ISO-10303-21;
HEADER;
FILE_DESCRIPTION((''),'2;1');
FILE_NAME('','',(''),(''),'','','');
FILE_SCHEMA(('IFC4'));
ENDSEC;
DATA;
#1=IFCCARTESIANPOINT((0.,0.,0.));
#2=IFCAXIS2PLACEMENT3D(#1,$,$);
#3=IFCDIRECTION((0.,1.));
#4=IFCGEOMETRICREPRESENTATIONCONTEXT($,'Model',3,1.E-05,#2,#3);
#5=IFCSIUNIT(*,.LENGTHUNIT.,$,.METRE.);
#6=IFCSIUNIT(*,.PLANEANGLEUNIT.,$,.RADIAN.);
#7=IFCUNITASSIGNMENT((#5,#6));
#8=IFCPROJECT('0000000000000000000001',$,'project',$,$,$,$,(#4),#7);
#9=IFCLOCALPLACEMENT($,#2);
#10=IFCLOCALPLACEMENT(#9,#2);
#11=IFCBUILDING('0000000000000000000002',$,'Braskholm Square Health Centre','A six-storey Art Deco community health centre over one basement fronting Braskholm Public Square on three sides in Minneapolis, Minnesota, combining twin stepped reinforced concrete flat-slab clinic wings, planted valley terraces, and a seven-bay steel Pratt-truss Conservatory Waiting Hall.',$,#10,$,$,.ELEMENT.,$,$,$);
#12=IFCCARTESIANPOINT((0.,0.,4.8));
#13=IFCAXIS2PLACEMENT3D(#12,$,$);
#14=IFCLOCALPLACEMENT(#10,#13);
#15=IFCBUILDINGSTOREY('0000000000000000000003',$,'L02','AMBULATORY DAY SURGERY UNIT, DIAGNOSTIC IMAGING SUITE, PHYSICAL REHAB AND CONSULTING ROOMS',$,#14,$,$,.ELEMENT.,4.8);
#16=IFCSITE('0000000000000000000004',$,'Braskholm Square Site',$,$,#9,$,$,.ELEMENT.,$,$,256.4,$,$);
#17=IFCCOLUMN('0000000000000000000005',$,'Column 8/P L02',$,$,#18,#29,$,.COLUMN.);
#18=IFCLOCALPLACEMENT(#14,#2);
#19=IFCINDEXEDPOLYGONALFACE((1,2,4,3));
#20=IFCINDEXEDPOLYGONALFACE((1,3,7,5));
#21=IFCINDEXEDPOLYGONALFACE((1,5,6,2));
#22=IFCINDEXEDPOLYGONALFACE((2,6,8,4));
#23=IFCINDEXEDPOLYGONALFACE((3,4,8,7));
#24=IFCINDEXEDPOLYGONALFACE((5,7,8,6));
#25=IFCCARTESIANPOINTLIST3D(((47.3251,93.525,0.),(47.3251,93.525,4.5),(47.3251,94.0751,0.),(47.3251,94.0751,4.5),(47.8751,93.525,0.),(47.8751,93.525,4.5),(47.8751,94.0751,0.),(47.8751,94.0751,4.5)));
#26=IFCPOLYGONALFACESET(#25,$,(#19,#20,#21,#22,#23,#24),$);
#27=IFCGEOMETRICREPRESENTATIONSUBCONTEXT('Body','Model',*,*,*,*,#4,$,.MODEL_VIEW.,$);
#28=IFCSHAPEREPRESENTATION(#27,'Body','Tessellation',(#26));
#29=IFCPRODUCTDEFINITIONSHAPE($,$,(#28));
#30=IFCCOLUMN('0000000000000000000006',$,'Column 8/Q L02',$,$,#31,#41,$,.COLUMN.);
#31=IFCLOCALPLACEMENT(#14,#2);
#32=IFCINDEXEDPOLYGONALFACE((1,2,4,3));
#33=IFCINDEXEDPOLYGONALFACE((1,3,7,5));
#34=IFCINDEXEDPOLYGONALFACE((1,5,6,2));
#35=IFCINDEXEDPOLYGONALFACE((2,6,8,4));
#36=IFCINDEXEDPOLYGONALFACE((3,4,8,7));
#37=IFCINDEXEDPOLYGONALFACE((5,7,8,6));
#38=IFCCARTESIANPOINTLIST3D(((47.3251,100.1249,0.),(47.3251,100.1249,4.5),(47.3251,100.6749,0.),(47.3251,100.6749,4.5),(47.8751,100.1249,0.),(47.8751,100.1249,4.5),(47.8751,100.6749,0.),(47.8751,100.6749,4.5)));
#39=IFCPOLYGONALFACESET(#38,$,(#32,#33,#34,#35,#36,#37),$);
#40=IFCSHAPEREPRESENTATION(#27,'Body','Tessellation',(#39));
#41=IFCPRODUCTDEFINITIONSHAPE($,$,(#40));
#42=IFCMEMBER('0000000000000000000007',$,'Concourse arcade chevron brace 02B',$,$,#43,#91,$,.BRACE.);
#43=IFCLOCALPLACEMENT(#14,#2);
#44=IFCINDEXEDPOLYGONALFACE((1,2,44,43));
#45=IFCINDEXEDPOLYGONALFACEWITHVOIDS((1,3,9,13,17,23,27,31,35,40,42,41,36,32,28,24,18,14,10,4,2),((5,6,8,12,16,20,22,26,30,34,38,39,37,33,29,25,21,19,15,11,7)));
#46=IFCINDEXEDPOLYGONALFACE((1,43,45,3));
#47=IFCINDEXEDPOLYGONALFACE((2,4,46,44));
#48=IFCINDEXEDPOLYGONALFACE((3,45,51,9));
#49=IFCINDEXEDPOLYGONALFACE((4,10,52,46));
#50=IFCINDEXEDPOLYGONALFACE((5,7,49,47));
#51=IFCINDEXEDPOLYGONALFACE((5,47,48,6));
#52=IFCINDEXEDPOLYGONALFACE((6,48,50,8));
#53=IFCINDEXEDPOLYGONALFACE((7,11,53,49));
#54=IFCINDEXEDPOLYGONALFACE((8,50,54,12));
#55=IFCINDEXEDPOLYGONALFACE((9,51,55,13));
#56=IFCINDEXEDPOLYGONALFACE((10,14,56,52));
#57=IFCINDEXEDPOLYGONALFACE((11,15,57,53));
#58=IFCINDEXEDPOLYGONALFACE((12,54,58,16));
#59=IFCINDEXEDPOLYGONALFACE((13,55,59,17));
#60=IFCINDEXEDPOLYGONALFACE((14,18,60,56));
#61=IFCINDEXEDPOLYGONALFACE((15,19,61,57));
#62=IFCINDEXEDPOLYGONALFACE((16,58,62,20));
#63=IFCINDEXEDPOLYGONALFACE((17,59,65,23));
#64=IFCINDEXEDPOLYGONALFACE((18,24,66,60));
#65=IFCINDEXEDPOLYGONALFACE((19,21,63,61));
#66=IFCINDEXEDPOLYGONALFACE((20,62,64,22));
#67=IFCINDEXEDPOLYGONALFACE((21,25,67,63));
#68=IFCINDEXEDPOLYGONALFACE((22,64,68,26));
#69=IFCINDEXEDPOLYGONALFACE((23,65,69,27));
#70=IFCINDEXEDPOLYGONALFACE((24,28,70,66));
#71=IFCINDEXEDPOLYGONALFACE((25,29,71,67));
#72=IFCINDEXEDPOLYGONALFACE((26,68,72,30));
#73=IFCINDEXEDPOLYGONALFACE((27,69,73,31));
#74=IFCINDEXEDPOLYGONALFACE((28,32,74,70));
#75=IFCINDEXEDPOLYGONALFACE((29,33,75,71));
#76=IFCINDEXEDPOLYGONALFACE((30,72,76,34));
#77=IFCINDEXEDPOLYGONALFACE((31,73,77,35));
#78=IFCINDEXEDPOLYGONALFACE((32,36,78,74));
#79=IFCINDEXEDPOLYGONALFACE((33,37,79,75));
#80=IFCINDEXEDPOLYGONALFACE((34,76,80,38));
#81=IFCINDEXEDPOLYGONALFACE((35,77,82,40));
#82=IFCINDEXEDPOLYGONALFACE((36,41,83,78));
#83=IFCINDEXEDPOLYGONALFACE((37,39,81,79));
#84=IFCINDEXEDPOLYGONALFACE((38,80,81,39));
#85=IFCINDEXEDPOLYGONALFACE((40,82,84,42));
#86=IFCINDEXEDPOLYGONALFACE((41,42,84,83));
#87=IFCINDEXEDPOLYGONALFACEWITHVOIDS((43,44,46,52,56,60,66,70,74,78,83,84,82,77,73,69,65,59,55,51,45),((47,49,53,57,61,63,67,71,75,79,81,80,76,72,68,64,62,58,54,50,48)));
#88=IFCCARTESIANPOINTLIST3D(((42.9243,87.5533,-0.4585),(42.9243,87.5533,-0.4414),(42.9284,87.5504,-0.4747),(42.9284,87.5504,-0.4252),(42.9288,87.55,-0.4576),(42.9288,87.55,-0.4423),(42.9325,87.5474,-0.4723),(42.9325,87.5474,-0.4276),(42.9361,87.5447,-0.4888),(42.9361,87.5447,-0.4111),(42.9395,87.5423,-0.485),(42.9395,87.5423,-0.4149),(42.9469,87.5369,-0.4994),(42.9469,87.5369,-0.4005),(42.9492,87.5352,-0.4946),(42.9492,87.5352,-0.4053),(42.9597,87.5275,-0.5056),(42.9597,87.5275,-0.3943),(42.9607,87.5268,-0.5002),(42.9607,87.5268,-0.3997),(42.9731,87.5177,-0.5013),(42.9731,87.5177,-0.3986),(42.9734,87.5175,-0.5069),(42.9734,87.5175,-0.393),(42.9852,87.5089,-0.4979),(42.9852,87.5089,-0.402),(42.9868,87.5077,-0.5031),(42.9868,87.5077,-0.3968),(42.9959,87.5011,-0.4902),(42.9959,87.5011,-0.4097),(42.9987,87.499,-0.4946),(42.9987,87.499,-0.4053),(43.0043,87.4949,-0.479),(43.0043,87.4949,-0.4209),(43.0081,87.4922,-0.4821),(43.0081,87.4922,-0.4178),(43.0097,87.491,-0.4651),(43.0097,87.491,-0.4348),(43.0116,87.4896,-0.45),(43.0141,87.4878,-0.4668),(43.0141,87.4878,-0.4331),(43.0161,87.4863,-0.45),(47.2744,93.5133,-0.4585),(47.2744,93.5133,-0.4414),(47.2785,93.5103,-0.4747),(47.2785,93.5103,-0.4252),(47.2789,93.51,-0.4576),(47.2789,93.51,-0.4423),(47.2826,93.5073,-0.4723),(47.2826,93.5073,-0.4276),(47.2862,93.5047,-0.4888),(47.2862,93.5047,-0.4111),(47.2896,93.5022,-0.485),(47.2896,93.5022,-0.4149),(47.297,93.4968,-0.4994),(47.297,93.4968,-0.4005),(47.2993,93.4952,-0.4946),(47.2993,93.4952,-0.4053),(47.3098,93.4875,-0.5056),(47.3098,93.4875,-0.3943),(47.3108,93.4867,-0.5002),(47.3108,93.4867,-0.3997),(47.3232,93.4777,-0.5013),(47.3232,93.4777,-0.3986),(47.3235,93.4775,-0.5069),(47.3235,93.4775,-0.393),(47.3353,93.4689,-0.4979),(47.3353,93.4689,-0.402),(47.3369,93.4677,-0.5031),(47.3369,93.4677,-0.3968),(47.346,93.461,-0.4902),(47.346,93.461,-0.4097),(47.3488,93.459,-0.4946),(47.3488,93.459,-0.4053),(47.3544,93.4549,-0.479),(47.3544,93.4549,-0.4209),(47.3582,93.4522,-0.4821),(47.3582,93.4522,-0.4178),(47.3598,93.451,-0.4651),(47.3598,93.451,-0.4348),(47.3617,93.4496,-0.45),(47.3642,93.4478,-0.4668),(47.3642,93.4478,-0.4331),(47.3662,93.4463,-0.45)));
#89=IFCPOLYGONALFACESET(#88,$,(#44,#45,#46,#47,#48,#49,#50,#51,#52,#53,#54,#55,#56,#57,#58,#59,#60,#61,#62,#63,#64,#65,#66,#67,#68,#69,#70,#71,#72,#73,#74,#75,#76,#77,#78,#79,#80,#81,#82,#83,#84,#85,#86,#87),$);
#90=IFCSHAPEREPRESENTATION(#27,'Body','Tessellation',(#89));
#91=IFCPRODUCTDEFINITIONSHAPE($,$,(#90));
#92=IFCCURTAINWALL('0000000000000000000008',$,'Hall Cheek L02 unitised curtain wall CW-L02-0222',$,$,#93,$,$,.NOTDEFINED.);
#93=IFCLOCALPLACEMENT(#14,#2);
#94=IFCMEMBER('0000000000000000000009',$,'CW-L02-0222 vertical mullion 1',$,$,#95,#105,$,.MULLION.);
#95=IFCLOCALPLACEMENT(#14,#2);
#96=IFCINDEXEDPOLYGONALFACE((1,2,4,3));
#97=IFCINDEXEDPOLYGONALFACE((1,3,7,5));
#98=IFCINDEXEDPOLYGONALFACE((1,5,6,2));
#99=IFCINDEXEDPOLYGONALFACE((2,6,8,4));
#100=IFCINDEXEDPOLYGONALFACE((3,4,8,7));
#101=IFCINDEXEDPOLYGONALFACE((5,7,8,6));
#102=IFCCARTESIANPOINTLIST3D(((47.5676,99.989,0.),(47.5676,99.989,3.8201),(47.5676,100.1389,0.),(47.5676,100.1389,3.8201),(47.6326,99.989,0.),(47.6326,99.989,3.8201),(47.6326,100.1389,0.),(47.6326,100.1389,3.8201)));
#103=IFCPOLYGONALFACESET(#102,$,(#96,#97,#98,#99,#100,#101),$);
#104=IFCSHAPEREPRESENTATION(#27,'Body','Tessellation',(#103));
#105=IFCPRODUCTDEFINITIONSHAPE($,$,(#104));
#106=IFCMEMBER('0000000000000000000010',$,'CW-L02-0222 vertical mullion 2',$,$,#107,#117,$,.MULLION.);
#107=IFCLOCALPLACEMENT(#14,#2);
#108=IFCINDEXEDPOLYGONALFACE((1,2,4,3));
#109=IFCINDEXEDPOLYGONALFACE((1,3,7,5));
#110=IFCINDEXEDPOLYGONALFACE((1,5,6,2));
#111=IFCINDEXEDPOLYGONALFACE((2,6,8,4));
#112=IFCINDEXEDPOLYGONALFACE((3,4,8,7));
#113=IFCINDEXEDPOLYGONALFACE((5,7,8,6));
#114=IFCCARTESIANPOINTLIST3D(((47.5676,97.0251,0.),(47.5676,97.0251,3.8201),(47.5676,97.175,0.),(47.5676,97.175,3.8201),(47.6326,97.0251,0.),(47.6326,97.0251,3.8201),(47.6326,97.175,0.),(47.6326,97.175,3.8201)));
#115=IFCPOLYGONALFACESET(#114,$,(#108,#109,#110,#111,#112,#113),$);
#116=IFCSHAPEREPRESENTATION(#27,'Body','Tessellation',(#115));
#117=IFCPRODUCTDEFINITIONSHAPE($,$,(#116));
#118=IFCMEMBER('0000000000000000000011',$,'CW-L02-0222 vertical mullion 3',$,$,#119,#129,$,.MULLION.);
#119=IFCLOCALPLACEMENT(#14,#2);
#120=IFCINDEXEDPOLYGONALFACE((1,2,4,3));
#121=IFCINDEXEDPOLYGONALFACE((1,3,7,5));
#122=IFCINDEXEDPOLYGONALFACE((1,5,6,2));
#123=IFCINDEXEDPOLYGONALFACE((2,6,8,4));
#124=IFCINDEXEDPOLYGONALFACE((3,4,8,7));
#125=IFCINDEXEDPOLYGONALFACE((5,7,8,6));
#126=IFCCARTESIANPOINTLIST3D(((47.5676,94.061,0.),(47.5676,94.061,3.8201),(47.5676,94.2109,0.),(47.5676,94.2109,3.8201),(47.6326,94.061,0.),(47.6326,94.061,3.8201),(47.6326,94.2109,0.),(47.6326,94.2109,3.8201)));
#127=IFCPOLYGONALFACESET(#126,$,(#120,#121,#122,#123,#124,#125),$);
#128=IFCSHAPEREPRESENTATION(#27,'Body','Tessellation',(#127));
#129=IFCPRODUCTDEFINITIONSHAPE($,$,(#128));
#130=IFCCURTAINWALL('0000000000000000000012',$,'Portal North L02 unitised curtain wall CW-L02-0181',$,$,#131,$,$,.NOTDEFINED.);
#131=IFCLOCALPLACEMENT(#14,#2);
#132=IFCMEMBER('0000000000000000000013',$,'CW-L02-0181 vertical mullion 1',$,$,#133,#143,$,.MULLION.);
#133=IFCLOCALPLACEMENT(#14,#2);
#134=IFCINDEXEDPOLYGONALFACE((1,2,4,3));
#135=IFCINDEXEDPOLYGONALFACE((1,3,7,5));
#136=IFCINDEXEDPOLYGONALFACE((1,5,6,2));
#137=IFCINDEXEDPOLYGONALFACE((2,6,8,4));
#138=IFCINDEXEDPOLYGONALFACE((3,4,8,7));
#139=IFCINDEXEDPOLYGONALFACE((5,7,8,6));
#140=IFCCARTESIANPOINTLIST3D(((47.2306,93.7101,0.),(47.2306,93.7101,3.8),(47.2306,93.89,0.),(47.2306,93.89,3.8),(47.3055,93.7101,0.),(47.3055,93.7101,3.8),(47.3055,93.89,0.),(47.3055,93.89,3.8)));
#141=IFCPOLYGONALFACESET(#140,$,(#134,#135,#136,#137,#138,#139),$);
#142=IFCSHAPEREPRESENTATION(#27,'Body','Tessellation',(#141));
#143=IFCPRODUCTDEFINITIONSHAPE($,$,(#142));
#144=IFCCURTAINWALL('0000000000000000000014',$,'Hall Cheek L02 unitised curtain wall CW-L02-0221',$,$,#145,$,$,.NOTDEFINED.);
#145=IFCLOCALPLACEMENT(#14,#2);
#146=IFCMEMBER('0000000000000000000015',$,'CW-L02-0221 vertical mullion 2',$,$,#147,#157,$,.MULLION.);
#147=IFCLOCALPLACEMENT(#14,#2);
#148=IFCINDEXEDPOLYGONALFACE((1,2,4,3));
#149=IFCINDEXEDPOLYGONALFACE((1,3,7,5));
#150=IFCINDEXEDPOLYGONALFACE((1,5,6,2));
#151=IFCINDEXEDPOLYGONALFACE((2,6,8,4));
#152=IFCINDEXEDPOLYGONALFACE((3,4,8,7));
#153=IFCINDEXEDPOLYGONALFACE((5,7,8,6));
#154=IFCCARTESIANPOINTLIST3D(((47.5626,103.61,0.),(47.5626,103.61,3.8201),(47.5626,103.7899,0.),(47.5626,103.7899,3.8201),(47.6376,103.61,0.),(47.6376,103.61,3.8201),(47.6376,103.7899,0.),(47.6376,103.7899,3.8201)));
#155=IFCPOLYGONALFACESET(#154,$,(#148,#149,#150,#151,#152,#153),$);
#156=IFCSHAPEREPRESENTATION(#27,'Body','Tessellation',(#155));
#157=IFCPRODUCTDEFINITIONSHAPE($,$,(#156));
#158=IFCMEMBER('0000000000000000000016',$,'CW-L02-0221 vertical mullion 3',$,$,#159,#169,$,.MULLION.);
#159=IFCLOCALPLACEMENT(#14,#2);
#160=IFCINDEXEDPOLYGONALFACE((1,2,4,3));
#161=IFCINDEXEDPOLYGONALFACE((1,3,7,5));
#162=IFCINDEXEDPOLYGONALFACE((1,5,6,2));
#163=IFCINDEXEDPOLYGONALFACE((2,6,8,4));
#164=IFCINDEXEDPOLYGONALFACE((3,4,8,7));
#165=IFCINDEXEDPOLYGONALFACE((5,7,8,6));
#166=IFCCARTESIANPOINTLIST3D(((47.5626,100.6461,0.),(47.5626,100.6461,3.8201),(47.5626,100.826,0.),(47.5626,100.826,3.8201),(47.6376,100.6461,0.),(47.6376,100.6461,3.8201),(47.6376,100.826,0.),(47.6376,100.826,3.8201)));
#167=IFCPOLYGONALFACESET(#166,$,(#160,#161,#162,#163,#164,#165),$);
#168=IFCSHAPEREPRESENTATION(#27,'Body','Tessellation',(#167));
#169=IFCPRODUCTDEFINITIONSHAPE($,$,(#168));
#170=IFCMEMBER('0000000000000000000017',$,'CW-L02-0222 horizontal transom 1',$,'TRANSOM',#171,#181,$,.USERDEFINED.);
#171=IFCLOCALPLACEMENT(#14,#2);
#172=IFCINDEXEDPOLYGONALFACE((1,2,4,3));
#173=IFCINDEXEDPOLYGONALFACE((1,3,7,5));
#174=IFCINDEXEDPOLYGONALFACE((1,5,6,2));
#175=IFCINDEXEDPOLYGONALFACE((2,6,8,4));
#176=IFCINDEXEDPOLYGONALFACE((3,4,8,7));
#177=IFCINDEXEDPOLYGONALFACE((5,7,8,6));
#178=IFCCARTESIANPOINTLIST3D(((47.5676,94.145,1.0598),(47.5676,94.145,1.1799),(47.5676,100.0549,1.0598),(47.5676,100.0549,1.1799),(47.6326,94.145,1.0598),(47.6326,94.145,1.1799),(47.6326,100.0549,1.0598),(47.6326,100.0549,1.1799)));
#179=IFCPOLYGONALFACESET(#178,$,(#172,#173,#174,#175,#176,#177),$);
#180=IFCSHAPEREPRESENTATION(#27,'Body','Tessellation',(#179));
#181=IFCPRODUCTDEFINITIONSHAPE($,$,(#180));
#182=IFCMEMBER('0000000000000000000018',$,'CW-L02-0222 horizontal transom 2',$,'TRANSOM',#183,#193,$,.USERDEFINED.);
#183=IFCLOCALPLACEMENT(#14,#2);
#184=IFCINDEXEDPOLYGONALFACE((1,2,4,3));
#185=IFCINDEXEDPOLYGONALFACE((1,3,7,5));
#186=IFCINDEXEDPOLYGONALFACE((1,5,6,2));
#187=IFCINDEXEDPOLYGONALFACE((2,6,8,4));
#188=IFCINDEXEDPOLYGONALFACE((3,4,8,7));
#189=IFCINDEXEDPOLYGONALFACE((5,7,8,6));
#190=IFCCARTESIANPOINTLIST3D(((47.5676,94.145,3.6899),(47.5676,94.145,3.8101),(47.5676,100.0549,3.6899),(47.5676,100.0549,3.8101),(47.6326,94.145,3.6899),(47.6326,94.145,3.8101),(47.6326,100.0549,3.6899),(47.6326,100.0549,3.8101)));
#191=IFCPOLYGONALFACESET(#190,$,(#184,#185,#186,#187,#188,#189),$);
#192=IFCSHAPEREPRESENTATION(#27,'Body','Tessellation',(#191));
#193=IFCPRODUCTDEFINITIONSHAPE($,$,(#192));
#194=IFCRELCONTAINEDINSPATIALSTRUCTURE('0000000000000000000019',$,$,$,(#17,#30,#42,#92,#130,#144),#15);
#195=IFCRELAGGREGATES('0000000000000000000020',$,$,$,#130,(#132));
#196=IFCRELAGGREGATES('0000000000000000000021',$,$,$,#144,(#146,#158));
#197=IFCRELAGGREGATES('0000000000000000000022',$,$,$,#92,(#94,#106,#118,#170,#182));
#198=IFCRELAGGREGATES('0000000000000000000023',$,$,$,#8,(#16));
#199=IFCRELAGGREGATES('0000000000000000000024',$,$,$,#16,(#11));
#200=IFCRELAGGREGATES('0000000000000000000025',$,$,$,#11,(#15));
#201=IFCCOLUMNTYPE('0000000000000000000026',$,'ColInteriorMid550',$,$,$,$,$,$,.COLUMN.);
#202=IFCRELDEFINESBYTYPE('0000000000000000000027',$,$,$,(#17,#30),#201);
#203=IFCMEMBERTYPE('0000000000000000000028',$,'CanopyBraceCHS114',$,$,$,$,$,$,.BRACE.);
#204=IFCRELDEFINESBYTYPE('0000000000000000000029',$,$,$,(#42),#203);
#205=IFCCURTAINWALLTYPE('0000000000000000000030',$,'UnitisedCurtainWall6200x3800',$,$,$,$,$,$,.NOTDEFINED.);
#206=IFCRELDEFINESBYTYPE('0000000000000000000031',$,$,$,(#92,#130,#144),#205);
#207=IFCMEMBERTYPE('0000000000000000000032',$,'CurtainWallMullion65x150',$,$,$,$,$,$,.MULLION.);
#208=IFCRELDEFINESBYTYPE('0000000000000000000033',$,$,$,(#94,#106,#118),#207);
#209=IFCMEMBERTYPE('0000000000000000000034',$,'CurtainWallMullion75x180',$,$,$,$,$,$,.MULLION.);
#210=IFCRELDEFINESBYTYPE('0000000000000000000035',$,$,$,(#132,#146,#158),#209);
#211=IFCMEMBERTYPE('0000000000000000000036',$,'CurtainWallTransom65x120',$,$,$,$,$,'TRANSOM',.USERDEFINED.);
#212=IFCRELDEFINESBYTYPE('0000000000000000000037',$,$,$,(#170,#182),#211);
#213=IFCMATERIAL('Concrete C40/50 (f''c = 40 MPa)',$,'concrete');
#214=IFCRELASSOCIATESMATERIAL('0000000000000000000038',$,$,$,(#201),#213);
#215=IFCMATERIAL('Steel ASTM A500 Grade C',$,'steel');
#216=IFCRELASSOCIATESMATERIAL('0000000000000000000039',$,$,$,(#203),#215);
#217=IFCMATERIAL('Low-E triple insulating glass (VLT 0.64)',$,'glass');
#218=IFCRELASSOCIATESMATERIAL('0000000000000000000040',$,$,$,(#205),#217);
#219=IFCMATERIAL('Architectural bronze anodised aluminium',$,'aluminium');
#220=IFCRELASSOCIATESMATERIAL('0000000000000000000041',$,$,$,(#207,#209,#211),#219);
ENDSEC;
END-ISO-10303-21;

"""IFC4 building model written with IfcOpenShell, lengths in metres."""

from ifc_helpers import new_model, si_unit, direction, frame, origin, origin_2d, place, context, subcontext, project, spatial, rectangle, hollow_circle, extrude, material, material_profile, profile_set, type_object, element, aggregate, save


model = new_model("IFC4")

# Units and contexts
model_context = context("Model", 3, precision=1e-05, world=origin(), true_north=direction((0.0, 1.0)))
body_context = subcontext(model_context, "Body", "Model", "MODEL_VIEW")
ifc_project = project(units=[si_unit("LENGTHUNIT", "METRE"), si_unit("PLANEANGLEUNIT", "RADIAN")], contexts=[model_context])

# Site, building, storey
site_placement = place(None, origin())
site = spatial("IfcSite", under=ifc_project, at=site_placement, Name="Braskholm Square Site", CompositionType="ELEMENT", RefElevation=256.4)
building_placement = place(site_placement, origin())
building = spatial("IfcBuilding", under=site, at=building_placement, Name="Braskholm Square Health Centre", Description="A six-storey Art Deco community health centre over one basement fronting Braskholm Public Square on three sides in Minneapolis, Minnesota, combining twin stepped reinforced concrete flat-slab clinic wings, planted valley terraces, and a seven-bay steel Pratt-truss Conservatory Waiting Hall.", CompositionType="ELEMENT")
storey_placement = place(building_placement, frame((0.0, 0.0, 4.8)))
storey = spatial("IfcBuildingStorey", under=building, at=storey_placement, Name="L02", Description="AMBULATORY DAY SURGERY UNIT, DIAGNOSTIC IMAGING SUITE, PHYSICAL REHAB AND CONSULTING ROOMS", CompositionType="ELEMENT", Elevation=4.8)

# Columns
ifc_material_1 = material(Name="Concrete C40/50 (f'c = 40 MPa)", Category="concrete")
ifc_material_profile_1 = material_profile(ifc_material_1, rectangle(XDim=0.55, YDim=0.55, at=origin_2d()), Name="RC-550X550")
ifc_profile_set_1 = profile_set([ifc_material_profile_1], Name="Concrete C40/50 (f'c = 40 MPa)")
column_type = type_object("IfcColumnType", Name="ColInteriorMid550", PredefinedType="COLUMN", material=ifc_profile_set_1)
for number, where, z_axis, x_axis, name in (
    (1, (47.6001, 93.8, 0.0), (0.0, 0.0, 1.0), (1.0, 0.0, 0.0), "Column 8/P L02"),
    (2, (47.6001, 100.3999, 0.0), (0.0, 0.0, 1.0), (1.0, 0.0, 0.0), "Column 8/Q L02"),
):
    element("IfcColumn", number, at=place(storey_placement, frame(where, z_axis=z_axis, x_axis=x_axis)), inside=storey, type_object=column_type, Name=name, PredefinedType="COLUMN", context=body_context, shape_type="SweptSolid", body=[
        extrude(rectangle(XDim=0.55, YDim=0.55, at=origin_2d()), origin(), (0.0, 0.0, 1.0), 4.5),
    ])

# Member
ifc_material_2 = material(Name="Steel ASTM A500 Grade C", Category="steel")
ifc_material_profile_2 = material_profile(ifc_material_2, hollow_circle(Radius=0.0571, WallThickness=0.0056, at=origin_2d()), Name="HSS4.500X0.237")
ifc_profile_set_2 = profile_set([ifc_material_profile_2], Name="Steel ASTM A500 Grade C")
member_type_1 = type_object("IfcMemberType", Name="CanopyBraceCHS114", PredefinedType="BRACE", material=ifc_profile_set_2)
member_1_placement = place(storey_placement, frame((47.3201, 93.48, -0.45), z_axis=(-0.589552, -0.80773, 0.0), x_axis=(0.80773, -0.589552, 0.0)))
element("IfcMember", 3, at=member_1_placement, inside=storey, type_object=member_type_1, Name="Concourse arcade chevron brace 02B", PredefinedType="BRACE", context=body_context, shape_type="SweptSolid", body=[
    extrude(hollow_circle(Radius=0.0571, WallThickness=0.0056, at=origin_2d()), origin(), (0.0, 0.0, 1.0), 7.3787),
])

# Curtain wall, members
ifc_material_3 = material(Name="Low-E triple insulating glass (VLT 0.64)", Category="glass")
curtain_wall_type = type_object("IfcCurtainWallType", Name="UnitisedCurtainWall6200x3800", PredefinedType="NOTDEFINED", material=ifc_material_3)
curtain_wall_1_placement = place(storey_placement, origin())
curtain_wall_1 = element("IfcCurtainWall", 4, at=curtain_wall_1_placement, inside=storey, type_object=curtain_wall_type, Name="Hall Cheek L02 unitised curtain wall CW-L02-0222", PredefinedType="NOTDEFINED")
ifc_material_4 = material(Name="Architectural bronze anodised aluminium", Category="aluminium")
ifc_material_profile_3 = material_profile(ifc_material_4, rectangle(XDim=0.0649, YDim=0.1499, at=origin_2d()), Name="ALU-65X150")
ifc_profile_set_3 = profile_set([ifc_material_profile_3], Name="Architectural bronze anodised aluminium")
member_type_2 = type_object("IfcMemberType", Name="CurtainWallMullion65x150", PredefinedType="MULLION", material=ifc_profile_set_3)
member_2_placement = place(storey_placement, frame((47.6001, 100.064, 0.0), z_axis=(0.0, 0.0, 1.0), x_axis=(1.0, 0.0, 0.0)))
member_2 = element("IfcMember", 5, at=member_2_placement, type_object=member_type_2, Name="CW-L02-0222 vertical mullion 1", PredefinedType="MULLION", context=body_context, shape_type="SweptSolid", body=[
    extrude(rectangle(XDim=0.0649, YDim=0.1499, at=origin_2d()), origin(), (0.0, 0.0, 1.0), 3.8201),
])
member_3_placement = place(storey_placement, frame((47.6001, 97.1001, 0.0), z_axis=(0.0, 0.0, 1.0), x_axis=(1.0, 0.0, 0.0)))
member_3 = element("IfcMember", 6, at=member_3_placement, type_object=member_type_2, Name="CW-L02-0222 vertical mullion 2", PredefinedType="MULLION", context=body_context, shape_type="SweptSolid", body=[
    extrude(rectangle(XDim=0.0649, YDim=0.1499, at=origin_2d()), origin(), (0.0, 0.0, 1.0), 3.8201),
])
member_4_placement = place(storey_placement, frame((47.6001, 94.136, 0.0), z_axis=(0.0, 0.0, 1.0), x_axis=(1.0, 0.0, 0.0)))
member_4 = element("IfcMember", 7, at=member_4_placement, type_object=member_type_2, Name="CW-L02-0222 vertical mullion 3", PredefinedType="MULLION", context=body_context, shape_type="SweptSolid", body=[
    extrude(rectangle(XDim=0.0649, YDim=0.1499, at=origin_2d()), origin(), (0.0, 0.0, 1.0), 3.8201),
])

# Curtain wall, member
curtain_wall_2_placement = place(storey_placement, origin())
curtain_wall_2 = element("IfcCurtainWall", 8, at=curtain_wall_2_placement, inside=storey, type_object=curtain_wall_type, Name="Portal North L02 unitised curtain wall CW-L02-0181", PredefinedType="NOTDEFINED")
ifc_material_profile_4 = material_profile(ifc_material_4, rectangle(XDim=0.075, YDim=0.1799, at=origin_2d()), Name="ALU-75X180")
ifc_profile_set_4 = profile_set([ifc_material_profile_4], Name="Architectural bronze anodised aluminium")
member_type_3 = type_object("IfcMemberType", Name="CurtainWallMullion75x180", PredefinedType="MULLION", material=ifc_profile_set_4)
member_5_placement = place(storey_placement, frame((47.2681, 93.8, 0.0), z_axis=(0.0, 0.0, 1.0), x_axis=(1.0, 0.0, 0.0)))
member_5 = element("IfcMember", 9, at=member_5_placement, type_object=member_type_3, Name="CW-L02-0181 vertical mullion 1", PredefinedType="MULLION", context=body_context, shape_type="SweptSolid", body=[
    extrude(rectangle(XDim=0.075, YDim=0.1799, at=origin_2d()), origin(), (0.0, 0.0, 1.0), 3.8),
])

# Curtain wall, members
curtain_wall_3_placement = place(storey_placement, origin())
curtain_wall_3 = element("IfcCurtainWall", 10, at=curtain_wall_3_placement, inside=storey, type_object=curtain_wall_type, Name="Hall Cheek L02 unitised curtain wall CW-L02-0221", PredefinedType="NOTDEFINED")
member_6_placement = place(storey_placement, frame((47.6001, 103.7, 0.0), z_axis=(0.0, 0.0, 1.0), x_axis=(1.0, 0.0, 0.0)))
member_6 = element("IfcMember", 11, at=member_6_placement, type_object=member_type_3, Name="CW-L02-0221 vertical mullion 2", PredefinedType="MULLION", context=body_context, shape_type="SweptSolid", body=[
    extrude(rectangle(XDim=0.075, YDim=0.1799, at=origin_2d()), origin(), (0.0, 0.0, 1.0), 3.8201),
])
member_7_placement = place(storey_placement, frame((47.6001, 100.7361, 0.0), z_axis=(0.0, 0.0, 1.0), x_axis=(1.0, 0.0, 0.0)))
member_7 = element("IfcMember", 12, at=member_7_placement, type_object=member_type_3, Name="CW-L02-0221 vertical mullion 3", PredefinedType="MULLION", context=body_context, shape_type="SweptSolid", body=[
    extrude(rectangle(XDim=0.075, YDim=0.1799, at=origin_2d()), origin(), (0.0, 0.0, 1.0), 3.8201),
])

# Members
ifc_material_profile_5 = material_profile(ifc_material_4, rectangle(XDim=0.0649, YDim=0.1201, at=origin_2d()), Name="ALU-65X120")
ifc_profile_set_5 = profile_set([ifc_material_profile_5], Name="Architectural bronze anodised aluminium")
member_type_4 = type_object("IfcMemberType", Name="CurtainWallTransom65x120", ElementType="TRANSOM", PredefinedType="USERDEFINED", material=ifc_profile_set_5)
member_8_placement = place(storey_placement, frame((47.6001, 100.0549, 1.1199), z_axis=(0.0, -1.0, 0.0), x_axis=(1.0, 0.0, 0.0)))
member_8 = element("IfcMember", 13, at=member_8_placement, type_object=member_type_4, Name="CW-L02-0222 horizontal transom 1", ObjectType="TRANSOM", PredefinedType="USERDEFINED", context=body_context, shape_type="SweptSolid", body=[
    extrude(rectangle(XDim=0.0649, YDim=0.1201, at=origin_2d()), origin(), (0.0, 0.0, 1.0), 5.9099),
])
member_9_placement = place(storey_placement, frame((47.6001, 100.0549, 3.75), z_axis=(0.0, -1.0, 0.0), x_axis=(1.0, 0.0, 0.0)))
member_9 = element("IfcMember", 14, at=member_9_placement, type_object=member_type_4, Name="CW-L02-0222 horizontal transom 2", ObjectType="TRANSOM", PredefinedType="USERDEFINED", context=body_context, shape_type="SweptSolid", body=[
    extrude(rectangle(XDim=0.0649, YDim=0.1201, at=origin_2d()), origin(), (0.0, 0.0, 1.0), 5.9099),
])
aggregate(curtain_wall_2, [member_5])

aggregate(curtain_wall_3, [member_6, member_7])
aggregate(curtain_wall_1, [member_2, member_3, member_4, member_8, member_9])

save(model, "model.ifc")
